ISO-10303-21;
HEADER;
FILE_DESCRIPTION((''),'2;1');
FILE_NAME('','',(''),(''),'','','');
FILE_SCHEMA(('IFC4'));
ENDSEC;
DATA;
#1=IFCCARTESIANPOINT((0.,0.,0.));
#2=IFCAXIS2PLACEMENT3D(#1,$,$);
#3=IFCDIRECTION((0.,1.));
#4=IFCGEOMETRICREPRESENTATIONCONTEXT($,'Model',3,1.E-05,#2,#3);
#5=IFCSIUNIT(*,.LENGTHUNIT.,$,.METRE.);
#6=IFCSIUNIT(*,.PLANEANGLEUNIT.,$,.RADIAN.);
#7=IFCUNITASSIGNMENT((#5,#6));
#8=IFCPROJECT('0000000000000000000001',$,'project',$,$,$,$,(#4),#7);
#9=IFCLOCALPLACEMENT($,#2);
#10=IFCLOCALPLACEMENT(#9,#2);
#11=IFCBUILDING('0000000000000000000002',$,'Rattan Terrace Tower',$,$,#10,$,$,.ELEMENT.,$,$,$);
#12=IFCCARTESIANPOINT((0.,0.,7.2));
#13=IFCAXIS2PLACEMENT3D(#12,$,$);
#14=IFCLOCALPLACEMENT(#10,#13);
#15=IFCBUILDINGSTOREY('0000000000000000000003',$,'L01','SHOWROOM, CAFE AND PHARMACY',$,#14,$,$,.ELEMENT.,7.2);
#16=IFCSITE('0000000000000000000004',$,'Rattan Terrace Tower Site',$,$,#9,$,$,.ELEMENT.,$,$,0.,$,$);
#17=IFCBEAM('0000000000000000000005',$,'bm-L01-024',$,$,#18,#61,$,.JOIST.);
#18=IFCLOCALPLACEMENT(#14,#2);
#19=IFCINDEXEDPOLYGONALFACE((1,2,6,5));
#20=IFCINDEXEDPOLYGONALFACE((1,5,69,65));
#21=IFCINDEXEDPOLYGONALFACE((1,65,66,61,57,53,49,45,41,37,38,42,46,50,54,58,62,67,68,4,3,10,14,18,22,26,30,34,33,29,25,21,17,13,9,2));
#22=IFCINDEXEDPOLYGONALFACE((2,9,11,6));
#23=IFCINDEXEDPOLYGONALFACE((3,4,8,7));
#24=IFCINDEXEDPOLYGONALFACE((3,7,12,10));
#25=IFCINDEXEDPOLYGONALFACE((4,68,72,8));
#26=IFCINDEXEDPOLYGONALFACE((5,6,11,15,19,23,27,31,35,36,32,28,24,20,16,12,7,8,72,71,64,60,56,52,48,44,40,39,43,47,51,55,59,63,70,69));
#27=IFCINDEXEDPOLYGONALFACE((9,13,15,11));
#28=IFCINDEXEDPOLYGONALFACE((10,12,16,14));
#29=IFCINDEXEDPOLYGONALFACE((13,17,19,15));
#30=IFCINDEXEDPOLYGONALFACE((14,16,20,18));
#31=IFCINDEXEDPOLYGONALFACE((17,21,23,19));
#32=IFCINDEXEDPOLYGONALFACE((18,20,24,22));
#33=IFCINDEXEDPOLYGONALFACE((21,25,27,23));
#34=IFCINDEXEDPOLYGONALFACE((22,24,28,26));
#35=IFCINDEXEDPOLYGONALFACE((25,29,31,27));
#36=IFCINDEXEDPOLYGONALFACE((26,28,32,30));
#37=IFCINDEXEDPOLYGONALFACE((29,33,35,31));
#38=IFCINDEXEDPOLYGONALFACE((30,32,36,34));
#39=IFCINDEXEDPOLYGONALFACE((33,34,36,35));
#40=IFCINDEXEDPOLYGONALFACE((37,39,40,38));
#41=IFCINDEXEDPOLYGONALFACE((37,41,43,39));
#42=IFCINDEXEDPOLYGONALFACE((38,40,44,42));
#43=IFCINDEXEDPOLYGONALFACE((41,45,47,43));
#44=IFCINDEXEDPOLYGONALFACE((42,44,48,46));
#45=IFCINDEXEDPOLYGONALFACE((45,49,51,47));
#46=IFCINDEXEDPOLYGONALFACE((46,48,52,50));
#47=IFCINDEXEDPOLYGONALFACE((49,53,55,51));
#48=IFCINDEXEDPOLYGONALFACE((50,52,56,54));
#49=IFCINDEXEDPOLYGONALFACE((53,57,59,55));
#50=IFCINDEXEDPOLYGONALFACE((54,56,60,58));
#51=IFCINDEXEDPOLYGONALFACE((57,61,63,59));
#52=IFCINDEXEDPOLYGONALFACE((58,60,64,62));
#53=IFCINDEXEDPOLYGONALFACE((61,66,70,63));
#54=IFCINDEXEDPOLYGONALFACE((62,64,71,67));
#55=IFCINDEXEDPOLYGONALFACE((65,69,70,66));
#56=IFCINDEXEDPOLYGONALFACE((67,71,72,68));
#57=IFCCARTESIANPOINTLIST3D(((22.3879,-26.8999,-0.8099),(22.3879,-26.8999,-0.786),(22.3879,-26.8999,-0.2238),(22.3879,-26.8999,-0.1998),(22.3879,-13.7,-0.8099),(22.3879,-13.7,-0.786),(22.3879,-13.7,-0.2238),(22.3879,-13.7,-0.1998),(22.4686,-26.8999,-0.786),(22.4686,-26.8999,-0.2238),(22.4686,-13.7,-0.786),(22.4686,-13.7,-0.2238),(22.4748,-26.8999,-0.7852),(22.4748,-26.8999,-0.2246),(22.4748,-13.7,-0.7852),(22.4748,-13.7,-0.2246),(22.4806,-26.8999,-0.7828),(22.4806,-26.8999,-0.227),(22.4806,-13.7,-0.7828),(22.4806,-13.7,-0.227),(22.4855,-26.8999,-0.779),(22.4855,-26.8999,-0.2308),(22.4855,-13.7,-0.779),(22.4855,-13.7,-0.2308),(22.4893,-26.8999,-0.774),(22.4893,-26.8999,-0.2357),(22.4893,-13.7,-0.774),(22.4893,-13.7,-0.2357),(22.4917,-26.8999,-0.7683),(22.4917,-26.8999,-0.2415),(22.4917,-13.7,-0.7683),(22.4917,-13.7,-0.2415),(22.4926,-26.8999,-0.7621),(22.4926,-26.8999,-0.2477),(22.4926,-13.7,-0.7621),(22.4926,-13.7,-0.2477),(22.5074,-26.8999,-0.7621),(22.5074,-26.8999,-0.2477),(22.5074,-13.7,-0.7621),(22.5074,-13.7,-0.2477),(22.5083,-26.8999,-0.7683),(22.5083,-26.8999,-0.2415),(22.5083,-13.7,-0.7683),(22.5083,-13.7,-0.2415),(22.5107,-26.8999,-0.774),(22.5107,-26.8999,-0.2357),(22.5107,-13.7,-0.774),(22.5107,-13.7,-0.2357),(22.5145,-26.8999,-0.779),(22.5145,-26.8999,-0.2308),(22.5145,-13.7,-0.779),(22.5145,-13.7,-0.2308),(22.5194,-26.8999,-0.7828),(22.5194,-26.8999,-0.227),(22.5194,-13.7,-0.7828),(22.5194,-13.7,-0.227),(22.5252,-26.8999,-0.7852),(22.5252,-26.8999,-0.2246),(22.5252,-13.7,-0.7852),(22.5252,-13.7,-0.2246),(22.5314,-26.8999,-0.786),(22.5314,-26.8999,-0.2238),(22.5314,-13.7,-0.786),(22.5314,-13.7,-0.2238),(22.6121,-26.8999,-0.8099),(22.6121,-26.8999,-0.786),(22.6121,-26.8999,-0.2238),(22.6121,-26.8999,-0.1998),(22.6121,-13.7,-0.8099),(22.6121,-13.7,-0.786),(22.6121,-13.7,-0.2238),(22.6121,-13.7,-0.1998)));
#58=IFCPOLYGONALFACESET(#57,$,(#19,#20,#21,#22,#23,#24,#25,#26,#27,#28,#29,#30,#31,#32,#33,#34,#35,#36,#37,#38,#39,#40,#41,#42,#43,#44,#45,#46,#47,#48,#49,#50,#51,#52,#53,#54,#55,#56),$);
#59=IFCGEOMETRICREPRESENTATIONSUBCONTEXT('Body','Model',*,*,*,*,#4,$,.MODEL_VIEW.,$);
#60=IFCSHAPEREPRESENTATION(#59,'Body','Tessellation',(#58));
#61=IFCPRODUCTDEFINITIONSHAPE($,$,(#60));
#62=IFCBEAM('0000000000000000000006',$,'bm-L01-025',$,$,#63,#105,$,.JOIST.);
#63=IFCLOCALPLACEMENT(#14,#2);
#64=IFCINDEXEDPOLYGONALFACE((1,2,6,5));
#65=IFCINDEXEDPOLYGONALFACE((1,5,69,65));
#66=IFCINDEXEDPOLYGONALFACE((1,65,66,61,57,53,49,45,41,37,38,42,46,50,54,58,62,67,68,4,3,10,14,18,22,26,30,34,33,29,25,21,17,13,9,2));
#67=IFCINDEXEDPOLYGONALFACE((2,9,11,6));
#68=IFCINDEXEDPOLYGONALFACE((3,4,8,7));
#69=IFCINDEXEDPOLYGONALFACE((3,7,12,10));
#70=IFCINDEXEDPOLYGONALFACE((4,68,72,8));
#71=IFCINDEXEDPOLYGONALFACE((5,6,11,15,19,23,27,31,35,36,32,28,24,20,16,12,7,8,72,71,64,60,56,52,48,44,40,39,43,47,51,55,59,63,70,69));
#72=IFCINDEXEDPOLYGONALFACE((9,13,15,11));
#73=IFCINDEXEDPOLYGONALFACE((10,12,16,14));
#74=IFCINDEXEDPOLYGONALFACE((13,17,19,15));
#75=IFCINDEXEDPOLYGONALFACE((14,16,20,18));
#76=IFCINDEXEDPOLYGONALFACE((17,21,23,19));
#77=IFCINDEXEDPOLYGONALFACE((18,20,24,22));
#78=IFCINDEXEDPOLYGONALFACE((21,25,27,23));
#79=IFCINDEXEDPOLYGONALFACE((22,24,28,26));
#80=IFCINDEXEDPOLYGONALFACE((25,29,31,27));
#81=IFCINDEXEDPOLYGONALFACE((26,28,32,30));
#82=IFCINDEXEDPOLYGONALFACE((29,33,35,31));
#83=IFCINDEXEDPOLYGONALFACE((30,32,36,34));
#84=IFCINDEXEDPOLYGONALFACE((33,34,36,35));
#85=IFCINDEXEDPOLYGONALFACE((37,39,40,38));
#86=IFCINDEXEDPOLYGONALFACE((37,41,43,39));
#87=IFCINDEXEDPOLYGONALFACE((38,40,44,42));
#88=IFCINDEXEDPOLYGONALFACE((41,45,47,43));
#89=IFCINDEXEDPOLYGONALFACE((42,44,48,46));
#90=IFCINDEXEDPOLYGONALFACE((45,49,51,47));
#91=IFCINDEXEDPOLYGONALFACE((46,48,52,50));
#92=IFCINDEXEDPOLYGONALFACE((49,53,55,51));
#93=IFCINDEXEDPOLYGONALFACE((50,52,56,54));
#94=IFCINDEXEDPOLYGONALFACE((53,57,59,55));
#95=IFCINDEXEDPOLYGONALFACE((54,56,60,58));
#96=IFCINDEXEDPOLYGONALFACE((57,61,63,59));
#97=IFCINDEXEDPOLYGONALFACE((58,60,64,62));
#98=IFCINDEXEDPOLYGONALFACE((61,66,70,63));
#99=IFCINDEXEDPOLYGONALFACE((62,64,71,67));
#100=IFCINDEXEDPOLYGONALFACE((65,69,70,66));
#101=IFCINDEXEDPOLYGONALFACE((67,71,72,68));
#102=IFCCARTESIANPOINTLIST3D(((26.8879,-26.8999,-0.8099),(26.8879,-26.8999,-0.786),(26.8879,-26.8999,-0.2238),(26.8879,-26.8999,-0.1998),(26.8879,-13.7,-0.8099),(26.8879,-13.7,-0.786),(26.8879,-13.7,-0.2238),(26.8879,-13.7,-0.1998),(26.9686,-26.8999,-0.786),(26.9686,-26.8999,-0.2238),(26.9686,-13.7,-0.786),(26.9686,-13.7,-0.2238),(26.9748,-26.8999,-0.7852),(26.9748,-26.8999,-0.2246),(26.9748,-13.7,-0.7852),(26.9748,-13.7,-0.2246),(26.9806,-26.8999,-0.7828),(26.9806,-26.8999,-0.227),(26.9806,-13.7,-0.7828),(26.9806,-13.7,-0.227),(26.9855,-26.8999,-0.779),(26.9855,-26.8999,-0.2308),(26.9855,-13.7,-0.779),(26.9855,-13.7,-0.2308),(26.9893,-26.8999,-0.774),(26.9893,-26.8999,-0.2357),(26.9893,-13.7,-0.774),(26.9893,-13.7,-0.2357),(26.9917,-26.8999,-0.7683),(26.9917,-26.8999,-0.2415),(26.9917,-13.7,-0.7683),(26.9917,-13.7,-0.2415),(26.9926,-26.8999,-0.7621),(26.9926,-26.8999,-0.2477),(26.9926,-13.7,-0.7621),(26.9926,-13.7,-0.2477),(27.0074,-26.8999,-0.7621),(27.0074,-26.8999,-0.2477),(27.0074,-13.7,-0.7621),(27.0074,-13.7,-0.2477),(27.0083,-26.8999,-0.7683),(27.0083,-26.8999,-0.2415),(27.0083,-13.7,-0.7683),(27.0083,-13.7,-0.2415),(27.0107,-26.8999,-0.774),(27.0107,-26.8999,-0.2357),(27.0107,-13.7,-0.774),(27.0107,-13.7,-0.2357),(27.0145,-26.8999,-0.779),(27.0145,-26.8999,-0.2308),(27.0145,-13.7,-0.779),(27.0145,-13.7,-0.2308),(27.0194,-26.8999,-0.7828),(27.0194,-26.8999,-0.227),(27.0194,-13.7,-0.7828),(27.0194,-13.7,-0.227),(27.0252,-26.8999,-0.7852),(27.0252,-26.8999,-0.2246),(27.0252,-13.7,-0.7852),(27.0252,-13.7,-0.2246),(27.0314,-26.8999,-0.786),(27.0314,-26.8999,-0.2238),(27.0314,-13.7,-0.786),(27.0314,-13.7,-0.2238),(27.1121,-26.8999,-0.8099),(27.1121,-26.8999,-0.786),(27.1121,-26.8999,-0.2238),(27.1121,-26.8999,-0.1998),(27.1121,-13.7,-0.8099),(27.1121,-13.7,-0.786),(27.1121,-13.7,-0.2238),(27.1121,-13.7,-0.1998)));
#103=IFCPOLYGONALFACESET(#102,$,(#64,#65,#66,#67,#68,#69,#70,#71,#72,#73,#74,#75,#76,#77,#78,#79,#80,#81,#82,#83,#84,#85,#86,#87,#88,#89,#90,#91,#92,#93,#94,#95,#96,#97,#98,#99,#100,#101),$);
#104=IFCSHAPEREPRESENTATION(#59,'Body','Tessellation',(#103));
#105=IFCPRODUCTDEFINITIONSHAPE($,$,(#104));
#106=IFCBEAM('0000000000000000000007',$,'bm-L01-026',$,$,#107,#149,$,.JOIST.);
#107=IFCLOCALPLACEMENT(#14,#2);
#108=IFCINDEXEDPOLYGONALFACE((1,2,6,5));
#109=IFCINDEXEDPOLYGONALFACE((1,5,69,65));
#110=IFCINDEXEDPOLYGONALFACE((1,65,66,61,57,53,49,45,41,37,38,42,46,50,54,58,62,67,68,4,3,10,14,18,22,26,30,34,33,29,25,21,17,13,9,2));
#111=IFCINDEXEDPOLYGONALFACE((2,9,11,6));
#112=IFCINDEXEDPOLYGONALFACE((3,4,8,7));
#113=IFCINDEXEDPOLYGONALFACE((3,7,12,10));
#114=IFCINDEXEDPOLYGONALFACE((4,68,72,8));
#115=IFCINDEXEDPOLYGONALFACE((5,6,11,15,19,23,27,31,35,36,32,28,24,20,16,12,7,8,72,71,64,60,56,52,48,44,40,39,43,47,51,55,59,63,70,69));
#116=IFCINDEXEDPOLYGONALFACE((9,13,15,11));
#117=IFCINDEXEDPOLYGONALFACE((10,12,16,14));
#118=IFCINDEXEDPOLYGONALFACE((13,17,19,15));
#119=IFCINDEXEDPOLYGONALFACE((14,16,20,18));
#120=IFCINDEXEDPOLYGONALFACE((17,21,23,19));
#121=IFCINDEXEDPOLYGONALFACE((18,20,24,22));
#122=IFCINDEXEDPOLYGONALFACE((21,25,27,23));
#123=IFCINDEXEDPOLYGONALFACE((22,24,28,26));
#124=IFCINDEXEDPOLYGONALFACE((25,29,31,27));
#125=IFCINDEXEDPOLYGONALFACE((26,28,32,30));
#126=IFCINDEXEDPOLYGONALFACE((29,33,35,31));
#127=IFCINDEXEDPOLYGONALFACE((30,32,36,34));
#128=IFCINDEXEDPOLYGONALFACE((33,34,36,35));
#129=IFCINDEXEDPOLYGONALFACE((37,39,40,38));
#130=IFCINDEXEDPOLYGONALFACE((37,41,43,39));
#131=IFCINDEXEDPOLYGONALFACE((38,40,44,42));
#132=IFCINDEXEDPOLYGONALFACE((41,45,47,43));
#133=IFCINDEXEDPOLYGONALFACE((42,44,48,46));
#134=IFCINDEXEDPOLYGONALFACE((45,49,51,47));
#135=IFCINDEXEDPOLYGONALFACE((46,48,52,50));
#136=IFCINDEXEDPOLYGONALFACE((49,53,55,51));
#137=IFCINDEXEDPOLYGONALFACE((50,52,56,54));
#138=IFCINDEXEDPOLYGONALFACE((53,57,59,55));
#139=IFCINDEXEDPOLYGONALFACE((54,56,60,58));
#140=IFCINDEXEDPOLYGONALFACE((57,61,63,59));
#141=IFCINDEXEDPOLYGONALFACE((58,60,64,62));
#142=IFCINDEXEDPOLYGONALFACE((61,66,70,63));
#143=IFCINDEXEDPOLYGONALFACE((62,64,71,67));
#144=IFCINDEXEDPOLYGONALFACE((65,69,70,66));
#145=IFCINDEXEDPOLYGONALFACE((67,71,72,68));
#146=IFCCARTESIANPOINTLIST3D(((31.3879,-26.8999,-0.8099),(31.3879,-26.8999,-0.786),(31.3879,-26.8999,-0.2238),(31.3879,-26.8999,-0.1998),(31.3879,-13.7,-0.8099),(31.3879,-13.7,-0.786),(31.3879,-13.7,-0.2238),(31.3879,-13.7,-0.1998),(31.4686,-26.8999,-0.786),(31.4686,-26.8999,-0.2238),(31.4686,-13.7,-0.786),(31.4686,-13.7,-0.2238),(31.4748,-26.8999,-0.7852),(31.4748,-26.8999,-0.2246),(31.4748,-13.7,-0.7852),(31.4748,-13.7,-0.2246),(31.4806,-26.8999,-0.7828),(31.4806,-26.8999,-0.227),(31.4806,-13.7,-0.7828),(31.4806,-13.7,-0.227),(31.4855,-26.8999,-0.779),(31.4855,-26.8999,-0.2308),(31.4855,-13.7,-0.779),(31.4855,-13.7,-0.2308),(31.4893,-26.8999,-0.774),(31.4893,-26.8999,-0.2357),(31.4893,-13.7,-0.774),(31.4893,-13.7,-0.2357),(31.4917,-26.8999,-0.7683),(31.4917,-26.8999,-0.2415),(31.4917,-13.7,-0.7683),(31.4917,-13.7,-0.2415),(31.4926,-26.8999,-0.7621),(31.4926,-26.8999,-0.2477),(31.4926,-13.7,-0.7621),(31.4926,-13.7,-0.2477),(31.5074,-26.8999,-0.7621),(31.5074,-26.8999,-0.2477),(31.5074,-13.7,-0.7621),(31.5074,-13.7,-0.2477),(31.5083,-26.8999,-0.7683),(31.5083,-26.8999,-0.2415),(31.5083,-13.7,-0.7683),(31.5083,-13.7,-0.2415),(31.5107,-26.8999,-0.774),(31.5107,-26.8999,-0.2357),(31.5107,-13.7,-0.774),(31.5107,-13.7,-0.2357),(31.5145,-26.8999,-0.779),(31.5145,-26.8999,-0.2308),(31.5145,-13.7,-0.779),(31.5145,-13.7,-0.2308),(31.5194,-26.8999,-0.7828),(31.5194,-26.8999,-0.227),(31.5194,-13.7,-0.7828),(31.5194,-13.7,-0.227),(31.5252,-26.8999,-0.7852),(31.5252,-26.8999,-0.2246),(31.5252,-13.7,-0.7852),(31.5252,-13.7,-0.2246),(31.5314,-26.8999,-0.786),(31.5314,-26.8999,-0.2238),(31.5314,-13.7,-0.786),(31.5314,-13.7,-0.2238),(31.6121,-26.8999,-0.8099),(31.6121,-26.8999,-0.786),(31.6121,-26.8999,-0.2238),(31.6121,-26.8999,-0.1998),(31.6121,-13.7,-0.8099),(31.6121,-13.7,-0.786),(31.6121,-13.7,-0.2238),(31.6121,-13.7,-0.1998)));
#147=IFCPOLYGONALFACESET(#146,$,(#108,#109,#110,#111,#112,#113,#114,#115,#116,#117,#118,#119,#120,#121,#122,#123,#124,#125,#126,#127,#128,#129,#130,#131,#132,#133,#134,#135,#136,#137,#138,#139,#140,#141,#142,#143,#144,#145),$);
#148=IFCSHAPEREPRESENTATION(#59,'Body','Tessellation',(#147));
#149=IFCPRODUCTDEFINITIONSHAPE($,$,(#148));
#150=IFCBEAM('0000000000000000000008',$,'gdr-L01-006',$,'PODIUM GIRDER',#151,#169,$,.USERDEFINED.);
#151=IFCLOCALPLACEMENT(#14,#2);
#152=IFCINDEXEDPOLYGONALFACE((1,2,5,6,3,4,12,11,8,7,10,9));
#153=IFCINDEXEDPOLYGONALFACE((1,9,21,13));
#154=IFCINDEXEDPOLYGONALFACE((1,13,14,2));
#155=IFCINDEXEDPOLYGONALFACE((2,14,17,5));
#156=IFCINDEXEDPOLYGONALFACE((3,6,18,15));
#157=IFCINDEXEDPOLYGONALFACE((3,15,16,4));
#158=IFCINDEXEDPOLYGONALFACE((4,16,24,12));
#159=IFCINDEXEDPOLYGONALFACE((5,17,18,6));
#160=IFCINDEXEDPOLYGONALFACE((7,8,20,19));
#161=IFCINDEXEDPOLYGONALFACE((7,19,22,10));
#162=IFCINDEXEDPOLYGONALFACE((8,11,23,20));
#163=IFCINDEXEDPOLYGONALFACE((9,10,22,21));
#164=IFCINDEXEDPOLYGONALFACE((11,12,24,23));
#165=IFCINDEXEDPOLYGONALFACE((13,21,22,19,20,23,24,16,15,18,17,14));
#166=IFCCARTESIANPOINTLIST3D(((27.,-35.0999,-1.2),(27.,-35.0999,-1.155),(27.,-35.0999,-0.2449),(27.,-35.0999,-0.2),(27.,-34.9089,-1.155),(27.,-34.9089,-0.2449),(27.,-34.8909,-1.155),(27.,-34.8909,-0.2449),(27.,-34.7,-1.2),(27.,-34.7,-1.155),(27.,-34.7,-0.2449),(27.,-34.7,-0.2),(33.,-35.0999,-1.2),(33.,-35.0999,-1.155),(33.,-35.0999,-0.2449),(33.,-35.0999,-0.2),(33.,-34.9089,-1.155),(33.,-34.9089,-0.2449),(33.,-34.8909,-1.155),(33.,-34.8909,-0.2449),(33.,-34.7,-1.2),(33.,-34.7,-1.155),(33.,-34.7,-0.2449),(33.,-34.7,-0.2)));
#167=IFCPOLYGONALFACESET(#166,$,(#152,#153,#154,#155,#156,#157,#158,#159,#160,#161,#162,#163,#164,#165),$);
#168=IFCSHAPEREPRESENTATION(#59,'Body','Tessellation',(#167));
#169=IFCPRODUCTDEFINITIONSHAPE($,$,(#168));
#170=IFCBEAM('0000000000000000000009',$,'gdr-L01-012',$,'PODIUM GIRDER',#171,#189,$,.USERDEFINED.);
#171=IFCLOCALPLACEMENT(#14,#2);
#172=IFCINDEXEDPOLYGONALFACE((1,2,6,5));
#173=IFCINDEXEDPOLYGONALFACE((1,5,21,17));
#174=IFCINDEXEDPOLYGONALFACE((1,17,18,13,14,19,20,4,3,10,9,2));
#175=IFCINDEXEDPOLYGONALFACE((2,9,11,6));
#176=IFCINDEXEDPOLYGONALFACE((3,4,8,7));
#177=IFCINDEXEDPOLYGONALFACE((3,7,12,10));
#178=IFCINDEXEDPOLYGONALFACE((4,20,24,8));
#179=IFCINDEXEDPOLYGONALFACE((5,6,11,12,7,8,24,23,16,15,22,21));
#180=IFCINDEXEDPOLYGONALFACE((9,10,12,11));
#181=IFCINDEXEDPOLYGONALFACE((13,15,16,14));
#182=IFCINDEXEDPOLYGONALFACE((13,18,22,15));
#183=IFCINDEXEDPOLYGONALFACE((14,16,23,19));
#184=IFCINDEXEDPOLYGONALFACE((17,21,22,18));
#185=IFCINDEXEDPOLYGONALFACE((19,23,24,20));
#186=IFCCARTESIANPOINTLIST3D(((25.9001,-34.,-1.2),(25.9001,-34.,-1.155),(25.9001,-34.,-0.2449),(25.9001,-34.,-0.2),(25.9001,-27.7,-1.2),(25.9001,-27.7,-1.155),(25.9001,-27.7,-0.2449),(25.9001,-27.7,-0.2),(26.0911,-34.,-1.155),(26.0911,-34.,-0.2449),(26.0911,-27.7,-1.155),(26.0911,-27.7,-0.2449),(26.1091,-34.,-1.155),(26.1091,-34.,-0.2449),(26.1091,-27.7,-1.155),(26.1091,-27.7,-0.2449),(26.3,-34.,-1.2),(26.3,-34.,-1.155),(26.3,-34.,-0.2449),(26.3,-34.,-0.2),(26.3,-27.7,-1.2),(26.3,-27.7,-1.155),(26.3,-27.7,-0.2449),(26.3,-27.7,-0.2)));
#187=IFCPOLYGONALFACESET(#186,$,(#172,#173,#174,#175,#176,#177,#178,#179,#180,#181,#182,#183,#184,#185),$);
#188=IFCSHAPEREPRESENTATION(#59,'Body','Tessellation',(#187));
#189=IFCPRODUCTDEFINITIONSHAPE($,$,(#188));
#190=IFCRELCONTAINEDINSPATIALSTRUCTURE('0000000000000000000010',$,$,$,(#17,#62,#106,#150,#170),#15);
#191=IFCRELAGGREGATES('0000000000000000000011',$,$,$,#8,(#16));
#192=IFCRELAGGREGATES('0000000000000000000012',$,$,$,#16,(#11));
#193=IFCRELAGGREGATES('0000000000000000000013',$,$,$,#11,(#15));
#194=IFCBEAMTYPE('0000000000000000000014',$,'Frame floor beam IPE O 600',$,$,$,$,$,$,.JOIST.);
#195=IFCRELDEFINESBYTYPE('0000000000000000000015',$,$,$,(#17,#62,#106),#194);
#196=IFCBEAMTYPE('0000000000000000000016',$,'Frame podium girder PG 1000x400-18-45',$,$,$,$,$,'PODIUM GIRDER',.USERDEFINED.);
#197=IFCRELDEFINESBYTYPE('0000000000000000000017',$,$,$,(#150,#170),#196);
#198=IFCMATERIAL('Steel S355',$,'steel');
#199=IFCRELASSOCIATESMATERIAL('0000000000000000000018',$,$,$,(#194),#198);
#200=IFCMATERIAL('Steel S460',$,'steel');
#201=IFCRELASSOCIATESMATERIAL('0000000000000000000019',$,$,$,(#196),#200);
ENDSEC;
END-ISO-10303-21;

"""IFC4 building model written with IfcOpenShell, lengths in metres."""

from ifc_helpers import new_model, si_unit, direction, frame, origin, origin_2d, place, context, subcontext, project, spatial, i_section, extrude, material, material_profile, profile_set, type_object, element, save


model = new_model("IFC4")

# Units and contexts
model_context = context("Model", 3, precision=1e-05, world=origin(), true_north=direction((0.0, 1.0)))
body_context = subcontext(model_context, "Body", "Model", "MODEL_VIEW")
ifc_project = project(units=[si_unit("LENGTHUNIT", "METRE"), si_unit("PLANEANGLEUNIT", "RADIAN")], contexts=[model_context])

# Site, building, storey
site_placement = place(None, origin())
site = spatial("IfcSite", under=ifc_project, at=site_placement, Name="Rattan Terrace Tower Site", CompositionType="ELEMENT", RefElevation=0.0)
building_placement = place(site_placement, origin())
building = spatial("IfcBuilding", under=site, at=building_placement, Name="Rattan Terrace Tower", CompositionType="ELEMENT")
storey_placement = place(building_placement, frame((0.0, 0.0, 7.2)))
storey = spatial("IfcBuildingStorey", under=building, at=storey_placement, Name="L01", Description="SHOWROOM, CAFE AND PHARMACY", CompositionType="ELEMENT", Elevation=7.2)

# Beams
ifc_material_1 = material(Name="Steel S355", Category="steel")
ifc_material_profile_1 = material_profile(ifc_material_1, i_section(OverallWidth=0.2241, OverallDepth=0.6101, WebThickness=0.0149, FlangeThickness=0.0239, FilletRadius=0.0239, at=origin_2d()), Name="IPE O 600")
ifc_profile_set_1 = profile_set([ifc_material_profile_1], Name="Steel S355")
beam_type_1 = type_object("IfcBeamType", Name="Frame floor beam IPE O 600", PredefinedType="JOIST", material=ifc_profile_set_1)
for number, where, z_axis, x_axis, name in (
    (1, (22.5, -26.8999, -0.5049), (0.0, 1.0, 0.0), (-1.0, 0.0, 0.0), "bm-L01-024"),
    (2, (27.0, -26.8999, -0.5049), (0.0, 1.0, 0.0), (-1.0, 0.0, 0.0), "bm-L01-025"),
    (3, (31.5, -26.8999, -0.5049), (0.0, 1.0, 0.0), (-1.0, 0.0, 0.0), "bm-L01-026"),
):
    element("IfcBeam", number, at=place(storey_placement, frame(where, z_axis=z_axis, x_axis=x_axis)), inside=storey, type_object=beam_type_1, Name=name, PredefinedType="JOIST", context=body_context, shape_type="SweptSolid", body=[
        extrude(i_section(OverallWidth=0.2241, OverallDepth=0.6101, WebThickness=0.0149, FlangeThickness=0.0239, FilletRadius=0.0239, at=origin_2d()), origin(), (0.0, 0.0, 1.0), 13.2),
    ])
ifc_material_2 = material(Name="Steel S460", Category="steel")
ifc_material_profile_2 = material_profile(ifc_material_2, i_section(OverallWidth=0.3999, OverallDepth=1.0, WebThickness=0.0181, FlangeThickness=0.0449, at=origin_2d()), Name="PG 1000x400-18-45")
ifc_profile_set_2 = profile_set([ifc_material_profile_2], Name="Steel S460")
beam_type_2 = type_object("IfcBeamType", Name="Frame podium girder PG 1000x400-18-45", ElementType="PODIUM GIRDER", PredefinedType="USERDEFINED", material=ifc_profile_set_2)
beam_1_placement = place(storey_placement, frame((27.0, -34.8999, -0.7), z_axis=(1.0, 0.0, 0.0), x_axis=(0.0, 1.0, 0.0)))
element("IfcBeam", 4, at=beam_1_placement, inside=storey, type_object=beam_type_2, Name="gdr-L01-006", ObjectType="PODIUM GIRDER", PredefinedType="USERDEFINED", context=body_context, shape_type="SweptSolid", body=[
    extrude(i_section(OverallWidth=0.3999, OverallDepth=1.0, WebThickness=0.0181, FlangeThickness=0.0449, at=origin_2d()), origin(), (0.0, 0.0, 1.0), 6.0),
])
beam_2_placement = place(storey_placement, frame((26.1001, -34.0, -0.7), z_axis=(0.0, 1.0, 0.0), x_axis=(-1.0, 0.0, 0.0)))
element("IfcBeam", 5, at=beam_2_placement, inside=storey, type_object=beam_type_2, Name="gdr-L01-012", ObjectType="PODIUM GIRDER", PredefinedType="USERDEFINED", context=body_context, shape_type="SweptSolid", body=[
    extrude(i_section(OverallWidth=0.3999, OverallDepth=1.0, WebThickness=0.0181, FlangeThickness=0.0449, at=origin_2d()), origin(), (0.0, 0.0, 1.0), 6.3),
])

save(model, "model.ifc")
